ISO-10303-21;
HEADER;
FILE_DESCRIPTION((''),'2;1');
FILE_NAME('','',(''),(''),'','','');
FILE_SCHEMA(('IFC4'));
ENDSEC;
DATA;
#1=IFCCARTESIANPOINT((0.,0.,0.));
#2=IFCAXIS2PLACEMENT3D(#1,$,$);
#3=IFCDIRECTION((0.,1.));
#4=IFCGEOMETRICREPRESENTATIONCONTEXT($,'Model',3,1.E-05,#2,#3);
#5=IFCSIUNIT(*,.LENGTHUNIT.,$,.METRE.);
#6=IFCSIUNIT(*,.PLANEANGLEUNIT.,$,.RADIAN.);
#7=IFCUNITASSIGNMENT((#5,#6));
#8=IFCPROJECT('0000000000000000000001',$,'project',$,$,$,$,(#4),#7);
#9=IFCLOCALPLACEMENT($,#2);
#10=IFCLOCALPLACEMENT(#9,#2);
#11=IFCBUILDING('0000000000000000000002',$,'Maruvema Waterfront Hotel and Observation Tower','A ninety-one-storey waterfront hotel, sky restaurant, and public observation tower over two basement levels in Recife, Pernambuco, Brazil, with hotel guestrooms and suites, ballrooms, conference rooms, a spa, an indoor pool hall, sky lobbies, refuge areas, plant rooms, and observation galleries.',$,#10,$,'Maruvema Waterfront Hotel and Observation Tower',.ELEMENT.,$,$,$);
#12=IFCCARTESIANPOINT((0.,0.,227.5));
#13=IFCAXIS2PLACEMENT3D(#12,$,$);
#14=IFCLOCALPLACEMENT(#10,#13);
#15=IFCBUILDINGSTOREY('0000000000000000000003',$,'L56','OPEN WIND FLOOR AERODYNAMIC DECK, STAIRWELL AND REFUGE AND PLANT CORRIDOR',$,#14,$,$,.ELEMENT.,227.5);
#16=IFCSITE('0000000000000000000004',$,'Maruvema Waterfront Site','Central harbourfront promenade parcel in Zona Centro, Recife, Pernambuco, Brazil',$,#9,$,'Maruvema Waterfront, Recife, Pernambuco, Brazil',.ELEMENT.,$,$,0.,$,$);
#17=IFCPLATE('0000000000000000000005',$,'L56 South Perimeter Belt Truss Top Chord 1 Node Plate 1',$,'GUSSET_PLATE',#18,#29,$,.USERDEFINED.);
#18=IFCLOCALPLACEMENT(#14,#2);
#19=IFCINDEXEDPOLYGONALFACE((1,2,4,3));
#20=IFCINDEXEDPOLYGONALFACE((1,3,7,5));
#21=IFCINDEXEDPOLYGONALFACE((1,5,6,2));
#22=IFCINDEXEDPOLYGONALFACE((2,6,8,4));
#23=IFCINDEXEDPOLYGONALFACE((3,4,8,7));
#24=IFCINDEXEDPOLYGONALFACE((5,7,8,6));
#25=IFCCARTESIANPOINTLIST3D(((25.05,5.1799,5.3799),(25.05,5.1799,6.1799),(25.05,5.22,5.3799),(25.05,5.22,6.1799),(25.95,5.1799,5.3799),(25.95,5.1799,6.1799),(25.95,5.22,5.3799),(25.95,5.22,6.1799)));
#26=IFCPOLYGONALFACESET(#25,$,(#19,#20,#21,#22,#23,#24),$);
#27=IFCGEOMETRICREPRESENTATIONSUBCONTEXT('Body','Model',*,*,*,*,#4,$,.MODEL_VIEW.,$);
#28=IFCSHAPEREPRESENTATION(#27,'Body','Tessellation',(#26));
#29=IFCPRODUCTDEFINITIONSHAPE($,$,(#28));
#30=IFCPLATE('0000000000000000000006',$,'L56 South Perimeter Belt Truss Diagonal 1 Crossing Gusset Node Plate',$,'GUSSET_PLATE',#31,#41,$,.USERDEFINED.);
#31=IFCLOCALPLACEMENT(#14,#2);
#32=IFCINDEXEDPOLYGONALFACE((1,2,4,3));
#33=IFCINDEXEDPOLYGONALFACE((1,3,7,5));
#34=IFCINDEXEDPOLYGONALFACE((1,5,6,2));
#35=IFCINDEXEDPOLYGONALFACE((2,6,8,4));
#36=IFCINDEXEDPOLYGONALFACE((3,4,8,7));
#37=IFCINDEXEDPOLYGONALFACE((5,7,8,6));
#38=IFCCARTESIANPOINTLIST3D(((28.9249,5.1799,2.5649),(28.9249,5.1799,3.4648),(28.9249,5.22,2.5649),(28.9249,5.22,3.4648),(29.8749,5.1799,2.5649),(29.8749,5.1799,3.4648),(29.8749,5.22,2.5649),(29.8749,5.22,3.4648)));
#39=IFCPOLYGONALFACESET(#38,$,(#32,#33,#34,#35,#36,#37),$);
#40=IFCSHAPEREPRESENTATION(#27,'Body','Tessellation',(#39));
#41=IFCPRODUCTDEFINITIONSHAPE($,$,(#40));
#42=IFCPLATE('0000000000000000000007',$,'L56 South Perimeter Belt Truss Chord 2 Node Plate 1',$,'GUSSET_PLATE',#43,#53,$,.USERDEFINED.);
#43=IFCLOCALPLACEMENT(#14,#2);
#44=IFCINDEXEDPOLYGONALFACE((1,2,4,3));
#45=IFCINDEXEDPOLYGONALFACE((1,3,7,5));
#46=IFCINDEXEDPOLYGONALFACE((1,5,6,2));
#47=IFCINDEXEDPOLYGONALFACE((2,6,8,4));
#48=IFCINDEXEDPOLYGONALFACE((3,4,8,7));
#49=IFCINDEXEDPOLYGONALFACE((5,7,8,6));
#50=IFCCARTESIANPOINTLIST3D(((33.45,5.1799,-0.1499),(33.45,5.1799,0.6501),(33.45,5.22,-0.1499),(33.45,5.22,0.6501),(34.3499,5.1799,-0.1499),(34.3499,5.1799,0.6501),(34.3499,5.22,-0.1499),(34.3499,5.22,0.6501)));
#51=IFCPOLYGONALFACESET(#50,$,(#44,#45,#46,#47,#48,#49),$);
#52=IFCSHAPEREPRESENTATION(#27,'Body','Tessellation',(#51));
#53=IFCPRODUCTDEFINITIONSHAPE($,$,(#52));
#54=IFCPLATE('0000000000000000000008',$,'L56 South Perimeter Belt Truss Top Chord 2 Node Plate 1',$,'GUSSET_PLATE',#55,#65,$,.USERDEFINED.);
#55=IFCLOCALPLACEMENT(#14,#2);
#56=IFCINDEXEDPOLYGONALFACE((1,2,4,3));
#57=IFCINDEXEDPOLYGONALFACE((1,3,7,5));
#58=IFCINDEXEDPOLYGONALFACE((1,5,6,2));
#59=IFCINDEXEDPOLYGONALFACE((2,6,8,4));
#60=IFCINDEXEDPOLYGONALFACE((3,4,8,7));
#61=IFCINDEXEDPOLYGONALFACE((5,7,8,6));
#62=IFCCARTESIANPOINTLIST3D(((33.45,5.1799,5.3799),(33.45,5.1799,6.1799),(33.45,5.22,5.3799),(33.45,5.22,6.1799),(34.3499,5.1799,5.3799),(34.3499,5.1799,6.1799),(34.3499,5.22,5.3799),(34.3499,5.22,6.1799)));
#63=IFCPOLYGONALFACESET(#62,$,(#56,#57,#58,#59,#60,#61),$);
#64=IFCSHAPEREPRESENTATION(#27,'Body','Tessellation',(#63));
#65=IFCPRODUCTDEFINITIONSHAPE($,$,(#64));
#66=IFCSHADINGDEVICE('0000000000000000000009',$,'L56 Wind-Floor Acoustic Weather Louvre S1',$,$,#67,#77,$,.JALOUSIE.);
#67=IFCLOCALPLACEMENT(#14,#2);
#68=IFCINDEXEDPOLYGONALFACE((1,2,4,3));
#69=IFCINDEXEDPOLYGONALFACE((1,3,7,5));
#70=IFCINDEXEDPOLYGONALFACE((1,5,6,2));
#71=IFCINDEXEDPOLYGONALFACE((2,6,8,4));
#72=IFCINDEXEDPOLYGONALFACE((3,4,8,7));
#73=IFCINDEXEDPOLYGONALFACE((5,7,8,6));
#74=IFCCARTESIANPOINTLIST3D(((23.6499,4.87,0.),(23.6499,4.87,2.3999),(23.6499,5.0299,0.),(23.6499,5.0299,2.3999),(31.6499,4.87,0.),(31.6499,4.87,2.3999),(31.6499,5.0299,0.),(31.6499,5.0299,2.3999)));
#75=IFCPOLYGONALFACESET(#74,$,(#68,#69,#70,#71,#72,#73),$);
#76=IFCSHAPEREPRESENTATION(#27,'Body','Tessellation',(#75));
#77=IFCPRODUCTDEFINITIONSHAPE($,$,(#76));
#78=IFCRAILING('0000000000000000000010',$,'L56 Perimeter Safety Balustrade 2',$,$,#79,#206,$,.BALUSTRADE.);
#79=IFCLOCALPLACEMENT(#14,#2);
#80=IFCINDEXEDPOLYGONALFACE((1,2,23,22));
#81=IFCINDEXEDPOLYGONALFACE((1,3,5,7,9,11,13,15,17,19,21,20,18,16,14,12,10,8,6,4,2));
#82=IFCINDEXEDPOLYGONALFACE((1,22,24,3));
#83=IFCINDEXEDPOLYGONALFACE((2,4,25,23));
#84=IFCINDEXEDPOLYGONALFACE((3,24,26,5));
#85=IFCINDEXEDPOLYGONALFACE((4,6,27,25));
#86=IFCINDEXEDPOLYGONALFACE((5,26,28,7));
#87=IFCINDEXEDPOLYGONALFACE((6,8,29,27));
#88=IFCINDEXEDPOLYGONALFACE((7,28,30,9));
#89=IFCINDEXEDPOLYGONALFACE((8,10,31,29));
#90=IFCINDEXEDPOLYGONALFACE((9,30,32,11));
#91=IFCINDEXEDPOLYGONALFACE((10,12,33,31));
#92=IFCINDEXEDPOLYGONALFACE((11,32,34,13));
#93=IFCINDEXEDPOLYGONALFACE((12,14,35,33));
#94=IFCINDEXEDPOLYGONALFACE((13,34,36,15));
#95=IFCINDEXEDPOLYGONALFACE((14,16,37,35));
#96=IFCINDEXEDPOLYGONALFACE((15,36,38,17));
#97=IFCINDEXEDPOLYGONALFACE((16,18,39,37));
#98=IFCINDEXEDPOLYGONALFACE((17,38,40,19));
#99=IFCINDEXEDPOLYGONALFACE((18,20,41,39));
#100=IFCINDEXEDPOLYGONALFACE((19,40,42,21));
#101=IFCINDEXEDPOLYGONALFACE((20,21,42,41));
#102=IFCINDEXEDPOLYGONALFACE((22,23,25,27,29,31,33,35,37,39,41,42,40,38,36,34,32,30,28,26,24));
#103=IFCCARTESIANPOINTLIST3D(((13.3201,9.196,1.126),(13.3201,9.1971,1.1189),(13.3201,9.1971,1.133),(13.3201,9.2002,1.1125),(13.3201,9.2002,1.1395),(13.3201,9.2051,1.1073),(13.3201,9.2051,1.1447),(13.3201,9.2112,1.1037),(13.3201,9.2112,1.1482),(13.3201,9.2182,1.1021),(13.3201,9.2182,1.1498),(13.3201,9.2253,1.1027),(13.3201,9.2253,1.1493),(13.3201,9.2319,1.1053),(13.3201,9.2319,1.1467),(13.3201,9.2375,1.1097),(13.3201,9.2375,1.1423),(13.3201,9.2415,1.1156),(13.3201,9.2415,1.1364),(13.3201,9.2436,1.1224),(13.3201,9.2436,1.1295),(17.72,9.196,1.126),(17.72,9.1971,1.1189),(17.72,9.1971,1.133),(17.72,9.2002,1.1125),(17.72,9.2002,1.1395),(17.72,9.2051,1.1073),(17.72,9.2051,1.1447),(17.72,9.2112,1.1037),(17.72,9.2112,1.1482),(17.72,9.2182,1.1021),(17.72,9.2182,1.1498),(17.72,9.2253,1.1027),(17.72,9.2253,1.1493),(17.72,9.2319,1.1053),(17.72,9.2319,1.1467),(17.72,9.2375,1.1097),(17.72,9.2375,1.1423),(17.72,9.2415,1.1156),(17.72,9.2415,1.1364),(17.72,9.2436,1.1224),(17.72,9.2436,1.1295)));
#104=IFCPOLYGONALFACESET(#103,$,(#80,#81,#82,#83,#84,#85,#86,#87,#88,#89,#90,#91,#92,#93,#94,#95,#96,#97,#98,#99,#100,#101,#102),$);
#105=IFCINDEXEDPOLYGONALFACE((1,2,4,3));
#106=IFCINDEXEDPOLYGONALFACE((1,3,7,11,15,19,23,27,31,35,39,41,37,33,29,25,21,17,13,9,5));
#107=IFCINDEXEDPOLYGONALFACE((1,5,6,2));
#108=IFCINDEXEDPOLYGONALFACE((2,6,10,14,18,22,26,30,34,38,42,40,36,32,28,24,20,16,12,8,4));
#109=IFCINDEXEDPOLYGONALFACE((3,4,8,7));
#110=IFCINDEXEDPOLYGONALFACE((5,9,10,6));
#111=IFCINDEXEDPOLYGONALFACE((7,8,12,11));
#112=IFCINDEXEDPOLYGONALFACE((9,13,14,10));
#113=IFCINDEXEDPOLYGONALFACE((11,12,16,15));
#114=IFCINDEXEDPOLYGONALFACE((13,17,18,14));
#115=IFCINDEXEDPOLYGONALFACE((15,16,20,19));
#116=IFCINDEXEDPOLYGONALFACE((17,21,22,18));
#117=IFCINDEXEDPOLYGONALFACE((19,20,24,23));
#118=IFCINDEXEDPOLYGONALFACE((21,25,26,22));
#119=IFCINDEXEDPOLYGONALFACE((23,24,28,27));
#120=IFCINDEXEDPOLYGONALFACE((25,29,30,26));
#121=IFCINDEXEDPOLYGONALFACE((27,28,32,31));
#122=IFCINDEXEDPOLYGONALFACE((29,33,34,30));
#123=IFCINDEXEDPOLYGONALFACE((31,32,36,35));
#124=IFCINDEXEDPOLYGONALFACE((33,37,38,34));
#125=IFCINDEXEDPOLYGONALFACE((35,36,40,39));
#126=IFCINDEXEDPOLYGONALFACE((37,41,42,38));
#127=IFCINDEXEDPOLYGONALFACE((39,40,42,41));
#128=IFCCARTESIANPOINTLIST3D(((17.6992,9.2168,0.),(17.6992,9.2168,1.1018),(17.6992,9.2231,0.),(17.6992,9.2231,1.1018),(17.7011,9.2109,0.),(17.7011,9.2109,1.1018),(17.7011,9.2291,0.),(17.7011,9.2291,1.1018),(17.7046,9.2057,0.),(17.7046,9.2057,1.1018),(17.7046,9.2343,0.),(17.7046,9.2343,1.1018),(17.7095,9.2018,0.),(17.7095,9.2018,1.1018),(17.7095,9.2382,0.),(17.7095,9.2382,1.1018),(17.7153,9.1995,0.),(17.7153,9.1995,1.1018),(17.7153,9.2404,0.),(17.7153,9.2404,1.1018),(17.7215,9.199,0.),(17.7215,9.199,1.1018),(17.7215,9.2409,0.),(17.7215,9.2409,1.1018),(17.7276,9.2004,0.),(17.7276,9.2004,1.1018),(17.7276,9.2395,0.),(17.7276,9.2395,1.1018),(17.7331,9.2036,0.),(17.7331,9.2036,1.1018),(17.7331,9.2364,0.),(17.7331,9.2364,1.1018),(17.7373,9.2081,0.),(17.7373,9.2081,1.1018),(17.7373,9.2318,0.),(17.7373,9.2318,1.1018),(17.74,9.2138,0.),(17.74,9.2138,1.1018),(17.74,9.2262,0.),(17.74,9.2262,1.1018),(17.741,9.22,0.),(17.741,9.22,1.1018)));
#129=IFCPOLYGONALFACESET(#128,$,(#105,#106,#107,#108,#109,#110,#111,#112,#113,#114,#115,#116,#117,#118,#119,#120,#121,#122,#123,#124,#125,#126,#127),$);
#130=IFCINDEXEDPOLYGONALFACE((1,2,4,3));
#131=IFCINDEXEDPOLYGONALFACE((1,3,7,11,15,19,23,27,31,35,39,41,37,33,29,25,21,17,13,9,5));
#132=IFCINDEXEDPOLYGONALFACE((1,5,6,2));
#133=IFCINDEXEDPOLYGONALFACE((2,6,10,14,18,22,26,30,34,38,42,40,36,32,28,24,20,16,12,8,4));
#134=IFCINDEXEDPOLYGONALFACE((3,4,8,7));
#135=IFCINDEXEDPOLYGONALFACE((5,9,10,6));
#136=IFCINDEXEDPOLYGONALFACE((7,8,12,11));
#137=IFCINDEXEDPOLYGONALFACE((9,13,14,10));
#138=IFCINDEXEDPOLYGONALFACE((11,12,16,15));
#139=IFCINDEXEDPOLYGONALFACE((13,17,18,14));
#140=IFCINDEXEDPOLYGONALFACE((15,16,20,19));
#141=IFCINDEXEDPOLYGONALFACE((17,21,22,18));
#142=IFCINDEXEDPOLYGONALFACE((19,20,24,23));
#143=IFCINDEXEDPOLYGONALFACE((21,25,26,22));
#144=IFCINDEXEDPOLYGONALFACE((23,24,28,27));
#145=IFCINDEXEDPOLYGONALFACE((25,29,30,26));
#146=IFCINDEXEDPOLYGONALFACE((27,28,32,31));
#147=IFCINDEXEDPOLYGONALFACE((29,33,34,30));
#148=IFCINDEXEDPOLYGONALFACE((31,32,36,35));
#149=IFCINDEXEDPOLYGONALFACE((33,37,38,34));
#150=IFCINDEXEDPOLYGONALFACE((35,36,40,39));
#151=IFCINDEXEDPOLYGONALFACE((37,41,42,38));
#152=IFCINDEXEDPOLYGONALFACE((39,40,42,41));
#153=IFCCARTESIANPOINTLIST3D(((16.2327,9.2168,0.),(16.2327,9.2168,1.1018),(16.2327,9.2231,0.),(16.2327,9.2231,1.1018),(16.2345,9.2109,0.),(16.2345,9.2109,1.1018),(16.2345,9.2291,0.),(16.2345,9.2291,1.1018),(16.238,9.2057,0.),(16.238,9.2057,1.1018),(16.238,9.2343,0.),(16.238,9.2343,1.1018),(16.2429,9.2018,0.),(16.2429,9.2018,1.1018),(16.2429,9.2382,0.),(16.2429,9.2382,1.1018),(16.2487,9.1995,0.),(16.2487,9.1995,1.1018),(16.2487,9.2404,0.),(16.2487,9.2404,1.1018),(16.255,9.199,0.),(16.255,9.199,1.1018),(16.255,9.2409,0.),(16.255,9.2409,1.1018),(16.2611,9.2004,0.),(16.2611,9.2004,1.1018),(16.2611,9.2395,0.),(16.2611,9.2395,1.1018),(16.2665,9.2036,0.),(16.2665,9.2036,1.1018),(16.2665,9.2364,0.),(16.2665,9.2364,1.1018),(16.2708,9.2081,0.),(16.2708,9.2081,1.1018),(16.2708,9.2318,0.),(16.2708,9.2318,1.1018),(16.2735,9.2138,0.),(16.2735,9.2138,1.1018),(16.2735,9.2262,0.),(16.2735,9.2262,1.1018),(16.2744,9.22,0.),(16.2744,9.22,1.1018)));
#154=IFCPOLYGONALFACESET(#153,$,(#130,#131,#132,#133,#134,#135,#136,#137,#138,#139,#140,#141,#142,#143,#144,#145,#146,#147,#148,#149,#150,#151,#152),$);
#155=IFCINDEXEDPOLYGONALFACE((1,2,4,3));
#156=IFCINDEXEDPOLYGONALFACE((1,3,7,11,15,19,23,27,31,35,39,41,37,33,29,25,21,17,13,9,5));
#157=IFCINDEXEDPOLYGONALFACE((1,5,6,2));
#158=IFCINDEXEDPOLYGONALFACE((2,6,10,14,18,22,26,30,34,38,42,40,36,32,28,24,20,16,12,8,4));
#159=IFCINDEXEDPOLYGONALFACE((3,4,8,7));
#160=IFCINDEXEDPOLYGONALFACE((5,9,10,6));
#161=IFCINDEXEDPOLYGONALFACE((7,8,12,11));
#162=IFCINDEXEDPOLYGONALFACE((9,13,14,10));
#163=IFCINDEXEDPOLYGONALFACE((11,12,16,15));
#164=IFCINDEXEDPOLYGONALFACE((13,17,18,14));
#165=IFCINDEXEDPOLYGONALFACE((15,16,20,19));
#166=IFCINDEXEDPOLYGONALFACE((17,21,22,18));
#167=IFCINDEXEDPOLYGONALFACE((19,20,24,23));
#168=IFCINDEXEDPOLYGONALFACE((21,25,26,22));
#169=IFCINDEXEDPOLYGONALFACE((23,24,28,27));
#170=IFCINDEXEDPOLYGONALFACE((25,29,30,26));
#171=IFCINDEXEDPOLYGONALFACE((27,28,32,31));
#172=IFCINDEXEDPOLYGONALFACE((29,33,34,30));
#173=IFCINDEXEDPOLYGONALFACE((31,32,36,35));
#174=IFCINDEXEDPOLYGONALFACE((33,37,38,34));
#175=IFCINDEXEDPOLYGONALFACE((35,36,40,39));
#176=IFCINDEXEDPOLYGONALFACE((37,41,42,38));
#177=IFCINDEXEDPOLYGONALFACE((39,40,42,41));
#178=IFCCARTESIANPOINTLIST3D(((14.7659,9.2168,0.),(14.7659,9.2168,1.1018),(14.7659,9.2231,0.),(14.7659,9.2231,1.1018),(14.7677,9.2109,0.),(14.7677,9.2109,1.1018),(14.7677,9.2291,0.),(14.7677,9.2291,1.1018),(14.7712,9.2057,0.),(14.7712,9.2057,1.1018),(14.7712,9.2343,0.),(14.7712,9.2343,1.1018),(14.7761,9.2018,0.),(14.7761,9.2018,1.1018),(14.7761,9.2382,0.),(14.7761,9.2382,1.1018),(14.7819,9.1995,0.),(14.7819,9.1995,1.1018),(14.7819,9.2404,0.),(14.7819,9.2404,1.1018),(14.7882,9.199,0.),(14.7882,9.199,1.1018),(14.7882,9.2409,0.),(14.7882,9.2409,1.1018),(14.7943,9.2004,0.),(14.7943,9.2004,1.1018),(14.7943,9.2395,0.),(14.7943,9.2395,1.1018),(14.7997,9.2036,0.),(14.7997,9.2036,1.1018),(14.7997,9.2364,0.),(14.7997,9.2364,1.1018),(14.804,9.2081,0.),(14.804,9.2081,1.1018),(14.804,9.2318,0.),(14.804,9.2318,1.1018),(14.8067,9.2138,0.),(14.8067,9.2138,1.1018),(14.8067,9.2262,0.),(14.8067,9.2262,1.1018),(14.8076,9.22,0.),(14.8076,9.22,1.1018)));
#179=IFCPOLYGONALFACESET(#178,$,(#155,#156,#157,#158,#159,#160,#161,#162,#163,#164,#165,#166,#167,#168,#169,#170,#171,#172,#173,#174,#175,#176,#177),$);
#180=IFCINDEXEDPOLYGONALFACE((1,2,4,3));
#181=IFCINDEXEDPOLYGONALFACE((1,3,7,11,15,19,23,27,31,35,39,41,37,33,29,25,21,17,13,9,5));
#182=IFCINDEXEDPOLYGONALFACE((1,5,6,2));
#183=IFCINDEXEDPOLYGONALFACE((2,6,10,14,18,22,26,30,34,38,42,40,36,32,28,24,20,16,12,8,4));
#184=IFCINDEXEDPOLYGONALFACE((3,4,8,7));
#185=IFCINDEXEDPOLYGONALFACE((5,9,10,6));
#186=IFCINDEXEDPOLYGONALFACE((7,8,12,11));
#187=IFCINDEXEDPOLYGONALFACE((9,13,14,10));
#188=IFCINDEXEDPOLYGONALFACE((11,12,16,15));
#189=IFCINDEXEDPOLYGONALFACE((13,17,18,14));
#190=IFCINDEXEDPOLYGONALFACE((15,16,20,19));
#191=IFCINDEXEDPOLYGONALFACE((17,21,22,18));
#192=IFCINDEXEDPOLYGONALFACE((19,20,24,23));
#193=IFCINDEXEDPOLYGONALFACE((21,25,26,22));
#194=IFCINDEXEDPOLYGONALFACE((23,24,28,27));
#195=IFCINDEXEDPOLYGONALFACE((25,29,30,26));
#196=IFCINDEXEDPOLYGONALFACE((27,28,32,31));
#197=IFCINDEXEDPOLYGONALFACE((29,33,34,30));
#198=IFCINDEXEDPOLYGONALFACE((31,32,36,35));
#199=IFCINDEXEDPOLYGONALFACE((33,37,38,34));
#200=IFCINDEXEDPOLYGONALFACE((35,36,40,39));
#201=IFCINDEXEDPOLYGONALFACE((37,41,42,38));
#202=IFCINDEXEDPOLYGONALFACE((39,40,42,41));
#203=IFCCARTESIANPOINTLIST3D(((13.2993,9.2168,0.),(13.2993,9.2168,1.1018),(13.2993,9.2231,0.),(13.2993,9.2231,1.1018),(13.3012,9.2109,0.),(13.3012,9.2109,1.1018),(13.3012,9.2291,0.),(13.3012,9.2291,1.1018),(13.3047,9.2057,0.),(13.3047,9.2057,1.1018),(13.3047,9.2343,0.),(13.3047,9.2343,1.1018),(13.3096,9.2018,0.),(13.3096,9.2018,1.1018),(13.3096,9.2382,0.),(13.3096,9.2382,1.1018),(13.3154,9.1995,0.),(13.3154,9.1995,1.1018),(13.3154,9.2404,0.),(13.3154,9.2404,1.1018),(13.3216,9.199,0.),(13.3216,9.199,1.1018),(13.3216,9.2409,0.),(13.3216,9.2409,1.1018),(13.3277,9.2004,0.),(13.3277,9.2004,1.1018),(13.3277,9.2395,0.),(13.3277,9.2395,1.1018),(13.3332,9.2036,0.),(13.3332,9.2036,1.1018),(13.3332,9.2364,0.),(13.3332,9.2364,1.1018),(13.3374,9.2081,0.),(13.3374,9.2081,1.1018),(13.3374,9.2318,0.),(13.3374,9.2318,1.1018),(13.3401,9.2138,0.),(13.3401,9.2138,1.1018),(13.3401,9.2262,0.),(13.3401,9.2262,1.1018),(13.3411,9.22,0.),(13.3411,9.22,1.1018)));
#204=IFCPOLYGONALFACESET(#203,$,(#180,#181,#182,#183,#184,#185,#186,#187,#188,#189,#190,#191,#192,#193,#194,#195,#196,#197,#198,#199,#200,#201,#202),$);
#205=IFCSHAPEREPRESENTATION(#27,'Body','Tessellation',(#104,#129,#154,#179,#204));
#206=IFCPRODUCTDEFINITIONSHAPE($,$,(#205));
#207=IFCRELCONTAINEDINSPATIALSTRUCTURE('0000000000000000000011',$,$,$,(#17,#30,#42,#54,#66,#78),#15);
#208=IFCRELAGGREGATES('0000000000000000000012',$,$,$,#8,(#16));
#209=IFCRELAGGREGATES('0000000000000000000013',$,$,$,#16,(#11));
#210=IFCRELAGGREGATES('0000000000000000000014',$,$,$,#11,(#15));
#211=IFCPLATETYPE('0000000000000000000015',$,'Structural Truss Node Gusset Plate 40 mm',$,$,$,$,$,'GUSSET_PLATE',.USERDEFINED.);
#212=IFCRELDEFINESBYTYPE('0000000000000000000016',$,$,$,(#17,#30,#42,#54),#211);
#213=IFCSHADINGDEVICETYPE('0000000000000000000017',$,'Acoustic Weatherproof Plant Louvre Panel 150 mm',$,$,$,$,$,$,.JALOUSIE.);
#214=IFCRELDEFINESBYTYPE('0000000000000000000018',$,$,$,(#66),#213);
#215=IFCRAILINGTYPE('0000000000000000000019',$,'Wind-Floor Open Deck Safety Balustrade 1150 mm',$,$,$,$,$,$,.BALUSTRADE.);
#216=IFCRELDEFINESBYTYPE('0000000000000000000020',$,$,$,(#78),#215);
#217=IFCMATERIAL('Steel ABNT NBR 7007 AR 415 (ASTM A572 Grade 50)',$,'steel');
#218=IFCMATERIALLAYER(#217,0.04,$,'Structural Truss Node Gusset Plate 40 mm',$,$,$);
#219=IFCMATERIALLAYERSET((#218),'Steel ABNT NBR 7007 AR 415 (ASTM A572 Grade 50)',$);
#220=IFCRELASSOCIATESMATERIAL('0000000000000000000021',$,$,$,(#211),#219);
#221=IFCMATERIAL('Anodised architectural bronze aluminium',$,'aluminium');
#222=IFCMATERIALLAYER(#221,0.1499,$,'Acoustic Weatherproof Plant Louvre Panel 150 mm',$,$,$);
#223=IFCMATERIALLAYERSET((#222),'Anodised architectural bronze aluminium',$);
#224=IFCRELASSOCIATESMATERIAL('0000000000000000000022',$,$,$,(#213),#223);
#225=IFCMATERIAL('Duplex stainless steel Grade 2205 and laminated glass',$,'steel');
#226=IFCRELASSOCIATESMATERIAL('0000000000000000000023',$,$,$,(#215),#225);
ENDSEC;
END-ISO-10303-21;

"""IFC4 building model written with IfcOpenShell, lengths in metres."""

from ifc_helpers import new_model, si_unit, direction, frame, origin, origin_2d, place, context, subcontext, project, spatial, rectangle, circle, extrude, material, layer, layer_set, type_object, element, save


model = new_model("IFC4")

# Units and contexts
model_context = context("Model", 3, precision=1e-05, world=origin(), true_north=direction((0.0, 1.0)))
body_context = subcontext(model_context, "Body", "Model", "MODEL_VIEW")
ifc_project = project(units=[si_unit("LENGTHUNIT", "METRE"), si_unit("PLANEANGLEUNIT", "RADIAN")], contexts=[model_context])

# Site, building, storey
site_placement = place(None, origin())
site = spatial("IfcSite", under=ifc_project, at=site_placement, Name="Maruvema Waterfront Site", Description="Central harbourfront promenade parcel in Zona Centro, Recife, Pernambuco, Brazil", LongName="Maruvema Waterfront, Recife, Pernambuco, Brazil", CompositionType="ELEMENT", RefElevation=0.0)
building_placement = place(site_placement, origin())
building = spatial("IfcBuilding", under=site, at=building_placement, Name="Maruvema Waterfront Hotel and Observation Tower", Description="A ninety-one-storey waterfront hotel, sky restaurant, and public observation tower over two basement levels in Recife, Pernambuco, Brazil, with hotel guestrooms and suites, ballrooms, conference rooms, a spa, an indoor pool hall, sky lobbies, refuge areas, plant rooms, and observation galleries.", LongName="Maruvema Waterfront Hotel and Observation Tower", CompositionType="ELEMENT")
storey_placement = place(building_placement, frame((0.0, 0.0, 227.5)))
storey = spatial("IfcBuildingStorey", under=building, at=storey_placement, Name="L56", Description="OPEN WIND FLOOR AERODYNAMIC DECK, STAIRWELL AND REFUGE AND PLANT CORRIDOR", CompositionType="ELEMENT", Elevation=227.5)

# Plates
ifc_material_1 = material(Name="Steel ABNT NBR 7007 AR 415 (ASTM A572 Grade 50)", Category="steel")
ifc_layer_1 = layer(ifc_material_1, 0.04, Name="Structural Truss Node Gusset Plate 40 mm")
ifc_layer_set_1 = layer_set([ifc_layer_1], Name="Steel ABNT NBR 7007 AR 415 (ASTM A572 Grade 50)")
plate_type_1 = type_object("IfcPlateType", Name="Structural Truss Node Gusset Plate 40 mm", ElementType="GUSSET_PLATE", PredefinedType="USERDEFINED", material=ifc_layer_set_1)
for number, where, z_axis, x_axis, name in (
    (1, (25.5, 5.2, 5.3799), (0.0, 0.0, 1.0), (1.0, 0.0, 0.0), "L56 South Perimeter Belt Truss Top Chord 1 Node Plate 1"),
):
    element("IfcPlate", number, at=place(storey_placement, frame(where, z_axis=z_axis, x_axis=x_axis)), inside=storey, type_object=plate_type_1, Name=name, ObjectType="GUSSET_PLATE", PredefinedType="USERDEFINED", context=body_context, shape_type="SweptSolid", body=[
        extrude(rectangle(XDim=0.8999, YDim=0.04, at=origin_2d()), origin(), (0.0, 0.0, 1.0), 0.8),
    ])
plate_placement = place(storey_placement, frame((29.3999, 5.2, 2.5649), z_axis=(0.0, 0.0, 1.0), x_axis=(-1.0, 0.0, 0.0)))
element("IfcPlate", 2, at=plate_placement, inside=storey, type_object=plate_type_1, Name="L56 South Perimeter Belt Truss Diagonal 1 Crossing Gusset Node Plate", ObjectType="GUSSET_PLATE", PredefinedType="USERDEFINED", context=body_context, shape_type="SweptSolid", body=[
    extrude(rectangle(XDim=0.95, YDim=0.04, at=origin_2d()), origin(), (0.0, 0.0, 1.0), 0.8999),
])
for number, where, z_axis, x_axis, name in (
    (3, (33.8999, 5.2, -0.1499), (0.0, 0.0, 1.0), (1.0, 0.0, 0.0), "L56 South Perimeter Belt Truss Chord 2 Node Plate 1"),
    (4, (33.8999, 5.2, 5.3799), (0.0, 0.0, 1.0), (1.0, 0.0, 0.0), "L56 South Perimeter Belt Truss Top Chord 2 Node Plate 1"),
):
    element("IfcPlate", number, at=place(storey_placement, frame(where, z_axis=z_axis, x_axis=x_axis)), inside=storey, type_object=plate_type_1, Name=name, ObjectType="GUSSET_PLATE", PredefinedType="USERDEFINED", context=body_context, shape_type="SweptSolid", body=[
        extrude(rectangle(XDim=0.8999, YDim=0.04, at=origin_2d()), origin(), (0.0, 0.0, 1.0), 0.8),
    ])

# Shading device
ifc_material_2 = material(Name="Anodised architectural bronze aluminium", Category="aluminium")
ifc_layer_2 = layer(ifc_material_2, 0.1499, Name="Acoustic Weatherproof Plant Louvre Panel 150 mm")
ifc_layer_set_2 = layer_set([ifc_layer_2], Name="Anodised architectural bronze aluminium")
shading_device_type = type_object("IfcShadingDeviceType", Name="Acoustic Weatherproof Plant Louvre Panel 150 mm", PredefinedType="JALOUSIE", material=ifc_layer_set_2)
shading_device_placement = place(storey_placement, frame((27.6499, 4.95, 0.0), z_axis=(0.0, 0.0, 1.0), x_axis=(1.0, 0.0, 0.0)))
element("IfcShadingDevice", 5, at=shading_device_placement, inside=storey, type_object=shading_device_type, Name="L56 Wind-Floor Acoustic Weather Louvre S1", PredefinedType="JALOUSIE", context=body_context, shape_type="SweptSolid", body=[
    extrude(rectangle(XDim=8.0, YDim=0.1599, at=origin_2d()), origin(), (0.0, 0.0, 1.0), 2.3999),
])

# Railing
ifc_material_3 = material(Name="Duplex stainless steel Grade 2205 and laminated glass", Category="steel")
railing_type = type_object("IfcRailingType", Name="Wind-Floor Open Deck Safety Balustrade 1150 mm", PredefinedType="BALUSTRADE", material=ifc_material_3)
railing_placement = place(storey_placement, frame((17.72, 9.22, 0.0)))
element("IfcRailing", 6, at=railing_placement, inside=storey, type_object=railing_type, Name="L56 Perimeter Safety Balustrade 2", PredefinedType="BALUSTRADE", context=body_context, shape_type="SweptSolid", body=[
    extrude(circle(Radius=0.0239, at=origin_2d()), frame((0.0, 0.0, 1.126), z_axis=(-1.0, 0.0, 0.0), x_axis=(0.0, -1.0, 0.0)), (0.0, 0.0, 1.0), 4.3999),
    extrude(circle(Radius=0.021, at=origin_2d()), origin(), (0.0, 0.0, 1.0), 1.1018),
    extrude(circle(Radius=0.021, at=origin_2d()), frame((-1.4666, 0.0, 0.0)), (0.0, 0.0, 1.0), 1.1018),
    extrude(circle(Radius=0.021, at=origin_2d()), frame((-2.9333, 0.0, 0.0)), (0.0, 0.0, 1.0), 1.1018),
    extrude(circle(Radius=0.021, at=origin_2d()), frame((-4.3999, 0.0, 0.0)), (0.0, 0.0, 1.0), 1.1018),
])

save(model, "model.ifc")
